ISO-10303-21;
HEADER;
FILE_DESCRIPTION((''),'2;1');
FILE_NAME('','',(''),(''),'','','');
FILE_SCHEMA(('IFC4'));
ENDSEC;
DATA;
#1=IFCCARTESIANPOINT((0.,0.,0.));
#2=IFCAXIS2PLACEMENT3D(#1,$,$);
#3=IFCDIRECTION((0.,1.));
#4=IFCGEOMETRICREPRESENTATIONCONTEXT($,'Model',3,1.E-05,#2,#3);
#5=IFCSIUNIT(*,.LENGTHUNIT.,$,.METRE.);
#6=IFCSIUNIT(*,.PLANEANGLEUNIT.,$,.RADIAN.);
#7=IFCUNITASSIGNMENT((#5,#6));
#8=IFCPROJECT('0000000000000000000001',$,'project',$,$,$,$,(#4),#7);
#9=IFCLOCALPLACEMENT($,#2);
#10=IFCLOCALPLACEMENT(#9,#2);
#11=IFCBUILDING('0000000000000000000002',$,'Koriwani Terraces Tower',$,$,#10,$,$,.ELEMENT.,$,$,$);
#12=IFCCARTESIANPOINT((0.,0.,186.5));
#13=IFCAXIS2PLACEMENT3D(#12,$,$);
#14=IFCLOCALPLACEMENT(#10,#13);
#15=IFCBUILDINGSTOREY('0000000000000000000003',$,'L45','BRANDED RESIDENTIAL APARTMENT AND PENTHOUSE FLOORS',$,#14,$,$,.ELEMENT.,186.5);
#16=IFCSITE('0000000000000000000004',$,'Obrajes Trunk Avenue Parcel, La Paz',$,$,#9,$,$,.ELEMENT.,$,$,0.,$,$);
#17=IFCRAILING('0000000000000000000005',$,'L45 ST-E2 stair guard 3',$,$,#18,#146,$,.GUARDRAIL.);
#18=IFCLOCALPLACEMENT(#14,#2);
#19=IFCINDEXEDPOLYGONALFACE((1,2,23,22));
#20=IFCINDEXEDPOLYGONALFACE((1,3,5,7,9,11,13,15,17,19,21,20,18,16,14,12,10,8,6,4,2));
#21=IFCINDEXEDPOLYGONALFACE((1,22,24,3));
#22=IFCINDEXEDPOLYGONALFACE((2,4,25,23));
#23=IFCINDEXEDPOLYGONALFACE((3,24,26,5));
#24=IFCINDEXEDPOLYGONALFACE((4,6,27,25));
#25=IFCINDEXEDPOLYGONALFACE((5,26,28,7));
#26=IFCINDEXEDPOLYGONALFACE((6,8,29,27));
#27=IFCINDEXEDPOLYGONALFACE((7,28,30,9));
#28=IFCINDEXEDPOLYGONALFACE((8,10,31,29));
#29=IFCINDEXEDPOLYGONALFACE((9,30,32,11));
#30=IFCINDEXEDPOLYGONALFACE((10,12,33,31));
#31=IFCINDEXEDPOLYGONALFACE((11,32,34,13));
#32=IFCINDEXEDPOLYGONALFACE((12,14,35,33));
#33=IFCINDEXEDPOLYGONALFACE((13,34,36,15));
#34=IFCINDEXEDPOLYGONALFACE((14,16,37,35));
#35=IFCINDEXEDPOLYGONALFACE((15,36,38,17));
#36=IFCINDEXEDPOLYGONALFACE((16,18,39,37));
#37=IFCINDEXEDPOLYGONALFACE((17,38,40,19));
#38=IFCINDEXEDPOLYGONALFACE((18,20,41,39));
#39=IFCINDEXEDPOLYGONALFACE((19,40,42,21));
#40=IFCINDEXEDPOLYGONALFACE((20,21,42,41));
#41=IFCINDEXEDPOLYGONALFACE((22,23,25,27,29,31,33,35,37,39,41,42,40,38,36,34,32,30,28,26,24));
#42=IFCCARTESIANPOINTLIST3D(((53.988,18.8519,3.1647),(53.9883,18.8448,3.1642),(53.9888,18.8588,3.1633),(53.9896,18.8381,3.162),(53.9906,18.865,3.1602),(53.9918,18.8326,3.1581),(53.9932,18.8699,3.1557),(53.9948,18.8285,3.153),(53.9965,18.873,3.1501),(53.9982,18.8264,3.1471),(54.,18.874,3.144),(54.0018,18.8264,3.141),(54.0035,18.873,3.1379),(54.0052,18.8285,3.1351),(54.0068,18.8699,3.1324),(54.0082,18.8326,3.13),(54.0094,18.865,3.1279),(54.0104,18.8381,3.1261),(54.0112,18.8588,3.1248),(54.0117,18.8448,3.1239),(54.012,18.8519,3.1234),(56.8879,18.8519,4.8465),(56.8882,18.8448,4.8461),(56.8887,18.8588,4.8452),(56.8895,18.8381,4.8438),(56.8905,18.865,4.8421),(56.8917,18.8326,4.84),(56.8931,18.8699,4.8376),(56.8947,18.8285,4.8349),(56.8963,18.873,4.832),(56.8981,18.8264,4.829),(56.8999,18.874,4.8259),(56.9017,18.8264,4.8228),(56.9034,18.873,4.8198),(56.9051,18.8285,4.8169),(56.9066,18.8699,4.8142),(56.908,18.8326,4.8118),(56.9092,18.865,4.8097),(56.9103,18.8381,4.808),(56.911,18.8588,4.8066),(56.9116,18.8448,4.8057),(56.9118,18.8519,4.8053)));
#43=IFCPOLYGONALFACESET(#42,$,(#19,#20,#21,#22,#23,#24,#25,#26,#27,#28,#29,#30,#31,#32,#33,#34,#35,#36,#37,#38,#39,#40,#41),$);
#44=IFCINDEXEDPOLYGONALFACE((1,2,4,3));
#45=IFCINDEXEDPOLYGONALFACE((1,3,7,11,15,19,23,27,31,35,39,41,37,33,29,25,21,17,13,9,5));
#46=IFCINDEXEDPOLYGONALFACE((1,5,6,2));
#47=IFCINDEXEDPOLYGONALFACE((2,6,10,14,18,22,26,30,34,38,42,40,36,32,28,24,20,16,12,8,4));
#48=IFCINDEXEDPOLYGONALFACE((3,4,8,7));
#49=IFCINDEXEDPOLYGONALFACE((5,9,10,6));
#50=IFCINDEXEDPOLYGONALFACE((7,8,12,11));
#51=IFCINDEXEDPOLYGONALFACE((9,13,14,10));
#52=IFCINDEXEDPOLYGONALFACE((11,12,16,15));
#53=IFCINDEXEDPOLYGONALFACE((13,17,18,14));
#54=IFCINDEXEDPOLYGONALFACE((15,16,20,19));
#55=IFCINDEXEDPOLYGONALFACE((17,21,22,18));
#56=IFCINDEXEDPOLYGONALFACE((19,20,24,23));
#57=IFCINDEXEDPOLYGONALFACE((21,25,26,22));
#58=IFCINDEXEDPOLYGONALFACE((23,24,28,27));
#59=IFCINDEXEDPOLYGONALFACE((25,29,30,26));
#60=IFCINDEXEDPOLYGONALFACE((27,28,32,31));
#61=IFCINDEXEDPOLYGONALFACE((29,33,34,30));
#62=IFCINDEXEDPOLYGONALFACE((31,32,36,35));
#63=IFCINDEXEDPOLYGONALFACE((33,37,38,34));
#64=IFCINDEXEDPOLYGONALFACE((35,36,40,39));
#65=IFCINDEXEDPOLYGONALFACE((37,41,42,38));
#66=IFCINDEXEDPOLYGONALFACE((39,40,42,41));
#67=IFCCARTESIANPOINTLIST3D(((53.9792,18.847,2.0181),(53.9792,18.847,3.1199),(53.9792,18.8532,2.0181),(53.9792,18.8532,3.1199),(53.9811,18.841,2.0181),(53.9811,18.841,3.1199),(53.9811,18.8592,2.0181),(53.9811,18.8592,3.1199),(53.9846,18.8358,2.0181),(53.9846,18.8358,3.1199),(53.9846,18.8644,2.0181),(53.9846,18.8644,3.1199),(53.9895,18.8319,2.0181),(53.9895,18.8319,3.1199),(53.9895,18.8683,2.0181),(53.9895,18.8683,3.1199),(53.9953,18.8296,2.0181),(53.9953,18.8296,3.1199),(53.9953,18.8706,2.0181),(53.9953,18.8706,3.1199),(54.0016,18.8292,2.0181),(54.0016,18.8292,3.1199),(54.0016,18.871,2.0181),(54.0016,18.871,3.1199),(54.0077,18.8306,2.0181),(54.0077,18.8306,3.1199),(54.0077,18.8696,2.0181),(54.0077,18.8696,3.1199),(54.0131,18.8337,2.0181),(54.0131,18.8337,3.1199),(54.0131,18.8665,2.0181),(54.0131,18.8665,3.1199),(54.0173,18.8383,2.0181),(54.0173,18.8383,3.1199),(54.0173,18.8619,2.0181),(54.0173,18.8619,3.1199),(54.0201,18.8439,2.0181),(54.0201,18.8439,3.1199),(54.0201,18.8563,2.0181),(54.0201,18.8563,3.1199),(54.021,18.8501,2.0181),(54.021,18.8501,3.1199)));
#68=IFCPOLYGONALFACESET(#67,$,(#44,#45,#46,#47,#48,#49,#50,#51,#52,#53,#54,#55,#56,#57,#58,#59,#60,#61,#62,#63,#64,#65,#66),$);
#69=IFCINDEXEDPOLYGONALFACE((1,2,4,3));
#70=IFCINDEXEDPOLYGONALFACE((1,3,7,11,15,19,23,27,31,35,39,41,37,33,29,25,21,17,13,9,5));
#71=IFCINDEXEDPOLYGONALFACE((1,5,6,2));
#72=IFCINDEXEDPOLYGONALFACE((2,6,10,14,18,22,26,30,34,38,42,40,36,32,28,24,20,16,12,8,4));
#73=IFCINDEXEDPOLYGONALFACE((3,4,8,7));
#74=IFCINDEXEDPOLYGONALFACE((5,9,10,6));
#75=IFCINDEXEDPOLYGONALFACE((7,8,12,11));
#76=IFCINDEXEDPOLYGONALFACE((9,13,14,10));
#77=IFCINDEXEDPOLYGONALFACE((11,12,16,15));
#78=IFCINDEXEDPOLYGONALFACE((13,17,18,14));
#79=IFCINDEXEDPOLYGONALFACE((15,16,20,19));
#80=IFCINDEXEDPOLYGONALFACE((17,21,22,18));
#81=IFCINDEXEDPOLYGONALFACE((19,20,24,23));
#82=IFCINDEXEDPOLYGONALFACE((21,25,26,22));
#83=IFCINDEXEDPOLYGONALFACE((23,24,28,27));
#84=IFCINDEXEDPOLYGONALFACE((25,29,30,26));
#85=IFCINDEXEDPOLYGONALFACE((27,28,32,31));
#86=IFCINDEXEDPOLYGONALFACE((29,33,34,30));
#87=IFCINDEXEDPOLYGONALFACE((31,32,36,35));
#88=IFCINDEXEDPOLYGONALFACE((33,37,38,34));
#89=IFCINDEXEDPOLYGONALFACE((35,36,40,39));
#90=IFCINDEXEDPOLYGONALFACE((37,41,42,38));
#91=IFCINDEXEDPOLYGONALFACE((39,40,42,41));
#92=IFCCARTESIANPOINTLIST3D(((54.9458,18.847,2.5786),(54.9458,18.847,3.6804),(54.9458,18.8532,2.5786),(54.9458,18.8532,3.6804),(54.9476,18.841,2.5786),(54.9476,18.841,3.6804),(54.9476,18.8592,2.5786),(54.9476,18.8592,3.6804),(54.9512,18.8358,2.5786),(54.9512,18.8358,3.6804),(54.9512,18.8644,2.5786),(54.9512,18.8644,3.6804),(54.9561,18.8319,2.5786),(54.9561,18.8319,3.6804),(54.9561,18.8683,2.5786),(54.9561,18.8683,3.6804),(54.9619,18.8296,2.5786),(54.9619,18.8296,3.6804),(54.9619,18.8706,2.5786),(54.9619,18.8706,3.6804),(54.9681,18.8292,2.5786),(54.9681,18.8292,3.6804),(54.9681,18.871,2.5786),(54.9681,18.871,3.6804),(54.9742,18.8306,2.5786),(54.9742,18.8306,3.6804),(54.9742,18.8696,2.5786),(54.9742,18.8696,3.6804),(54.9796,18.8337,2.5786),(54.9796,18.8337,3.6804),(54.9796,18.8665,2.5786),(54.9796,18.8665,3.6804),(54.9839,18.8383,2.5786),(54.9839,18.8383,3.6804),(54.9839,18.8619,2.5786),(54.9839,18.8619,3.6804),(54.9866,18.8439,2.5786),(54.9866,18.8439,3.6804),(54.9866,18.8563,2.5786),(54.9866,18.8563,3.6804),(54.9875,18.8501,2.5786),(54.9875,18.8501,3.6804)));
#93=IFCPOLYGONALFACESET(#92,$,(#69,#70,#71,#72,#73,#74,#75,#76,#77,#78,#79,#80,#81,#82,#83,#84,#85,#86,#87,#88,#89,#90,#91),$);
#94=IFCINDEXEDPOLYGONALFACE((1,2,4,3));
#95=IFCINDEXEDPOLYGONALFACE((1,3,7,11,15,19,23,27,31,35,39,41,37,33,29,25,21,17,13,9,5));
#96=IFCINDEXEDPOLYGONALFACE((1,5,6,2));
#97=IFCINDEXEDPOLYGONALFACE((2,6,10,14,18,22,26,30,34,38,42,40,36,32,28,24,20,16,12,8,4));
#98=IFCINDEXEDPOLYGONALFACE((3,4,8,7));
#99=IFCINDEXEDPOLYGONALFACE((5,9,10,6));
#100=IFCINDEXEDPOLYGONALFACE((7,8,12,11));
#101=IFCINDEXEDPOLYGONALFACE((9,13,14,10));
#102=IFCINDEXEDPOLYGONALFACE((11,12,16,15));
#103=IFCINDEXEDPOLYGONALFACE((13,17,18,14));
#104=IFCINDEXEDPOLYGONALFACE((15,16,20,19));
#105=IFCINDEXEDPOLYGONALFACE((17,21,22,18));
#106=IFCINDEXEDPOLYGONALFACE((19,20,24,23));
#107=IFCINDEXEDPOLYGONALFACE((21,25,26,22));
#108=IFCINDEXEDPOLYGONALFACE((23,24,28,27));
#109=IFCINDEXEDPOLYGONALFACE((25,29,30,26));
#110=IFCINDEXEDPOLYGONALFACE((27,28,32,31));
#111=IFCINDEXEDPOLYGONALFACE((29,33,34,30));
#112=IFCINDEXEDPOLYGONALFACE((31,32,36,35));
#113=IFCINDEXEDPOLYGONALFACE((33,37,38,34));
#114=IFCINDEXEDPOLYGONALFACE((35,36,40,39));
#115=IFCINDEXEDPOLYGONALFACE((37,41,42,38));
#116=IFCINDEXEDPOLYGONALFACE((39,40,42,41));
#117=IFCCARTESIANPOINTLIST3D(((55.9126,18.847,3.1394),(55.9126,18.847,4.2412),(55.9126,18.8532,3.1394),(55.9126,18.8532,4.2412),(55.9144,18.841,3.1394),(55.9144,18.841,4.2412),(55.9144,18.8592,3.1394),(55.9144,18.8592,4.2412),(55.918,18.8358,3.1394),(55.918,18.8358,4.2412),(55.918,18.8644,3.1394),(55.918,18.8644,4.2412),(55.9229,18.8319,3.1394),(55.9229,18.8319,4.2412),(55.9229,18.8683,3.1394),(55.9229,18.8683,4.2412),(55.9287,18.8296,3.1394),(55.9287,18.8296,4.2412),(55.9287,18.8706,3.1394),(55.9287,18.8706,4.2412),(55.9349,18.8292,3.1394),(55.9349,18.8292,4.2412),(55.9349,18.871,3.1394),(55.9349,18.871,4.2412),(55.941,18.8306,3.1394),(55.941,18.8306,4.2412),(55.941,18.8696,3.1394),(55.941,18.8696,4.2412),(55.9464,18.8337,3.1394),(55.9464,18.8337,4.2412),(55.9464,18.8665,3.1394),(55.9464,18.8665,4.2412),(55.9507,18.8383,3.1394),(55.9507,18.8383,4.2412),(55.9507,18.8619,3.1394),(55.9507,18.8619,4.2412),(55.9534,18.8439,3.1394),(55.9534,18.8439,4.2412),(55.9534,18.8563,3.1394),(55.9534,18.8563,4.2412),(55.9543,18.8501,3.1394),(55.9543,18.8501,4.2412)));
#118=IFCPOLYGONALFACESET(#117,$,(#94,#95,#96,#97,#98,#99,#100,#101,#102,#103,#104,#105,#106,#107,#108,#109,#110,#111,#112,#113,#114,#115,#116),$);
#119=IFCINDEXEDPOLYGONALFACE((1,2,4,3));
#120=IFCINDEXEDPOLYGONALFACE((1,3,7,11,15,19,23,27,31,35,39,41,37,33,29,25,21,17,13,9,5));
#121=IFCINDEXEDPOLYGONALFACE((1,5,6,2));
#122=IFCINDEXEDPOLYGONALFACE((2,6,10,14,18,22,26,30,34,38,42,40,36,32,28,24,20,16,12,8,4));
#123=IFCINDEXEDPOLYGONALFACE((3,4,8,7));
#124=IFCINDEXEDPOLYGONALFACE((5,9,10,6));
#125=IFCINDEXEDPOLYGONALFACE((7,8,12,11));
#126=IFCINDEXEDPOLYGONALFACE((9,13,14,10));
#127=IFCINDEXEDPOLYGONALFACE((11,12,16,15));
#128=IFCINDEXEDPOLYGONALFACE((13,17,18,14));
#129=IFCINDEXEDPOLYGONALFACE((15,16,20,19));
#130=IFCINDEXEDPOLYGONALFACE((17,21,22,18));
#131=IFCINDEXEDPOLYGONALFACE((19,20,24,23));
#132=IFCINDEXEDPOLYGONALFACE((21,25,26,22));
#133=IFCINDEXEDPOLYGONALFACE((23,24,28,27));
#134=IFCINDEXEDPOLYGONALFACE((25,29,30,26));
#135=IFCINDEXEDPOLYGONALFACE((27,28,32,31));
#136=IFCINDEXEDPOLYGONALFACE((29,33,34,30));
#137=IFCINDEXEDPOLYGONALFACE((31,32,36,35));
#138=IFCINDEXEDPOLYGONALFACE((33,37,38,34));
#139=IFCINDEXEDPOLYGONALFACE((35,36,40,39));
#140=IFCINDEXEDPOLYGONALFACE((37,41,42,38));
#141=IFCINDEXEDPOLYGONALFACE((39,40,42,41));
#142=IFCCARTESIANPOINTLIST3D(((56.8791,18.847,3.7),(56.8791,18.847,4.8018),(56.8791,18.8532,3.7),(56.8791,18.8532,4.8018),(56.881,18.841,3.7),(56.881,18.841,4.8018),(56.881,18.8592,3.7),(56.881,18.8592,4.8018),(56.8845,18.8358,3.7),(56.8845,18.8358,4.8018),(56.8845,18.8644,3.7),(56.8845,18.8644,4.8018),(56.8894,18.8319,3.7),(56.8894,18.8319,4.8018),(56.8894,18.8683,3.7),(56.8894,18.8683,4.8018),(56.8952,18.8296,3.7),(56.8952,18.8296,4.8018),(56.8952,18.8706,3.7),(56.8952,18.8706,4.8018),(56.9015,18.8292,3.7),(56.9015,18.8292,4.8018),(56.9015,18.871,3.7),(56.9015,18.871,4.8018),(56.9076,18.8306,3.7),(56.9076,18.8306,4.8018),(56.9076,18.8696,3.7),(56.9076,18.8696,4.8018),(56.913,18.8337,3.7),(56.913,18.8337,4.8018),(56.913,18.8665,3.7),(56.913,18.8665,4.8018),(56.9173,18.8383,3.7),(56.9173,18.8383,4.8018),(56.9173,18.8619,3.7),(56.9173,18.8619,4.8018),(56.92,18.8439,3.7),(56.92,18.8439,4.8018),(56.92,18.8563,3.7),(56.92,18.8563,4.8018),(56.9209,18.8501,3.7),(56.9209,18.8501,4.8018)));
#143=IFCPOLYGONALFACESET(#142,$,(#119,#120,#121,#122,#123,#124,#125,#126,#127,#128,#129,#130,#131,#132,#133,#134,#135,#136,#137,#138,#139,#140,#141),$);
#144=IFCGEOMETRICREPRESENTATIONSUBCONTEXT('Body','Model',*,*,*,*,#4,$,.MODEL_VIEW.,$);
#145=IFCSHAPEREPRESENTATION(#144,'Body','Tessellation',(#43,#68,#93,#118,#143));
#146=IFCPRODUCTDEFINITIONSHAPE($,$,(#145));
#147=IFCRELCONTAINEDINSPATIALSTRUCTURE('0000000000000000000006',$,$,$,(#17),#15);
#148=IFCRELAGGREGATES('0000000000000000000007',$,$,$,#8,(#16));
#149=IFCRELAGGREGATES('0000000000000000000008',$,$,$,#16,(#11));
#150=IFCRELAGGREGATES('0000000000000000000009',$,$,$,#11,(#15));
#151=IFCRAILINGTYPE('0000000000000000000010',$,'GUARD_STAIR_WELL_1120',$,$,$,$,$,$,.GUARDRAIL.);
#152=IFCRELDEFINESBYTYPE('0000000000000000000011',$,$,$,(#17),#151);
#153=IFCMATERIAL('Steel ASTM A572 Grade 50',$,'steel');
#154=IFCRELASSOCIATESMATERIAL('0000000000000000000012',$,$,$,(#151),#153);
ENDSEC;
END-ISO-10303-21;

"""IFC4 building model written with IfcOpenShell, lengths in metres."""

from ifc_helpers import new_model, si_unit, direction, frame, origin, origin_2d, place, context, subcontext, project, spatial, circle, extrude, material, type_object, element, save


model = new_model("IFC4")

# Units and contexts
model_context = context("Model", 3, precision=1e-05, world=origin(), true_north=direction((0.0, 1.0)))
body_context = subcontext(model_context, "Body", "Model", "MODEL_VIEW")
ifc_project = project(units=[si_unit("LENGTHUNIT", "METRE"), si_unit("PLANEANGLEUNIT", "RADIAN")], contexts=[model_context])

# Site, building, storey
site_placement = place(None, origin())
site = spatial("IfcSite", under=ifc_project, at=site_placement, Name="Obrajes Trunk Avenue Parcel, La Paz", CompositionType="ELEMENT", RefElevation=0.0)
building_placement = place(site_placement, origin())
building = spatial("IfcBuilding", under=site, at=building_placement, Name="Koriwani Terraces Tower", CompositionType="ELEMENT")
storey_placement = place(building_placement, frame((0.0, 0.0, 186.5)))
storey = spatial("IfcBuildingStorey", under=building, at=storey_placement, Name="L45", Description="BRANDED RESIDENTIAL APARTMENT AND PENTHOUSE FLOORS", CompositionType="ELEMENT", Elevation=186.5)

# Shared definitions
ifc_material_1 = material(Name="Steel ASTM A572 Grade 50", Category="steel")

# Railing
railing_type_1 = type_object("IfcRailingType", Name="GUARD_STAIR_WELL_1120", PredefinedType="GUARDRAIL", material=ifc_material_1)
railing_1_placement = place(storey_placement, frame((54.0, 18.8501, 2.0181)))
element("IfcRailing", 1, at=railing_1_placement, inside=storey, type_object=railing_type_1, Name="L45 ST-E2 stair guard 3", PredefinedType="GUARDRAIL", context=body_context, shape_type="SweptSolid", body=[
    extrude(circle(Radius=0.0239, at=origin_2d()), frame((0.0, 0.0, 1.126), z_axis=(0.865039, 0.0, 0.501705), x_axis=(0.0, 1.0, 0.0)), (0.0, 0.0, 1.0), 3.3523),
    extrude(circle(Radius=0.021, at=origin_2d()), origin(), (0.0, 0.0, 1.0), 1.1018),
    extrude(circle(Radius=0.021, at=origin_2d()), frame((0.9666, 0.0, 0.5605)), (0.0, 0.0, 1.0), 1.1018),
    extrude(circle(Radius=0.021, at=origin_2d()), frame((1.9333, 0.0, 1.1213)), (0.0, 0.0, 1.0), 1.1018),
    extrude(circle(Radius=0.021, at=origin_2d()), frame((2.8999, 0.0, 1.6819)), (0.0, 0.0, 1.0), 1.1018),
])

save(model, "model.ifc")
